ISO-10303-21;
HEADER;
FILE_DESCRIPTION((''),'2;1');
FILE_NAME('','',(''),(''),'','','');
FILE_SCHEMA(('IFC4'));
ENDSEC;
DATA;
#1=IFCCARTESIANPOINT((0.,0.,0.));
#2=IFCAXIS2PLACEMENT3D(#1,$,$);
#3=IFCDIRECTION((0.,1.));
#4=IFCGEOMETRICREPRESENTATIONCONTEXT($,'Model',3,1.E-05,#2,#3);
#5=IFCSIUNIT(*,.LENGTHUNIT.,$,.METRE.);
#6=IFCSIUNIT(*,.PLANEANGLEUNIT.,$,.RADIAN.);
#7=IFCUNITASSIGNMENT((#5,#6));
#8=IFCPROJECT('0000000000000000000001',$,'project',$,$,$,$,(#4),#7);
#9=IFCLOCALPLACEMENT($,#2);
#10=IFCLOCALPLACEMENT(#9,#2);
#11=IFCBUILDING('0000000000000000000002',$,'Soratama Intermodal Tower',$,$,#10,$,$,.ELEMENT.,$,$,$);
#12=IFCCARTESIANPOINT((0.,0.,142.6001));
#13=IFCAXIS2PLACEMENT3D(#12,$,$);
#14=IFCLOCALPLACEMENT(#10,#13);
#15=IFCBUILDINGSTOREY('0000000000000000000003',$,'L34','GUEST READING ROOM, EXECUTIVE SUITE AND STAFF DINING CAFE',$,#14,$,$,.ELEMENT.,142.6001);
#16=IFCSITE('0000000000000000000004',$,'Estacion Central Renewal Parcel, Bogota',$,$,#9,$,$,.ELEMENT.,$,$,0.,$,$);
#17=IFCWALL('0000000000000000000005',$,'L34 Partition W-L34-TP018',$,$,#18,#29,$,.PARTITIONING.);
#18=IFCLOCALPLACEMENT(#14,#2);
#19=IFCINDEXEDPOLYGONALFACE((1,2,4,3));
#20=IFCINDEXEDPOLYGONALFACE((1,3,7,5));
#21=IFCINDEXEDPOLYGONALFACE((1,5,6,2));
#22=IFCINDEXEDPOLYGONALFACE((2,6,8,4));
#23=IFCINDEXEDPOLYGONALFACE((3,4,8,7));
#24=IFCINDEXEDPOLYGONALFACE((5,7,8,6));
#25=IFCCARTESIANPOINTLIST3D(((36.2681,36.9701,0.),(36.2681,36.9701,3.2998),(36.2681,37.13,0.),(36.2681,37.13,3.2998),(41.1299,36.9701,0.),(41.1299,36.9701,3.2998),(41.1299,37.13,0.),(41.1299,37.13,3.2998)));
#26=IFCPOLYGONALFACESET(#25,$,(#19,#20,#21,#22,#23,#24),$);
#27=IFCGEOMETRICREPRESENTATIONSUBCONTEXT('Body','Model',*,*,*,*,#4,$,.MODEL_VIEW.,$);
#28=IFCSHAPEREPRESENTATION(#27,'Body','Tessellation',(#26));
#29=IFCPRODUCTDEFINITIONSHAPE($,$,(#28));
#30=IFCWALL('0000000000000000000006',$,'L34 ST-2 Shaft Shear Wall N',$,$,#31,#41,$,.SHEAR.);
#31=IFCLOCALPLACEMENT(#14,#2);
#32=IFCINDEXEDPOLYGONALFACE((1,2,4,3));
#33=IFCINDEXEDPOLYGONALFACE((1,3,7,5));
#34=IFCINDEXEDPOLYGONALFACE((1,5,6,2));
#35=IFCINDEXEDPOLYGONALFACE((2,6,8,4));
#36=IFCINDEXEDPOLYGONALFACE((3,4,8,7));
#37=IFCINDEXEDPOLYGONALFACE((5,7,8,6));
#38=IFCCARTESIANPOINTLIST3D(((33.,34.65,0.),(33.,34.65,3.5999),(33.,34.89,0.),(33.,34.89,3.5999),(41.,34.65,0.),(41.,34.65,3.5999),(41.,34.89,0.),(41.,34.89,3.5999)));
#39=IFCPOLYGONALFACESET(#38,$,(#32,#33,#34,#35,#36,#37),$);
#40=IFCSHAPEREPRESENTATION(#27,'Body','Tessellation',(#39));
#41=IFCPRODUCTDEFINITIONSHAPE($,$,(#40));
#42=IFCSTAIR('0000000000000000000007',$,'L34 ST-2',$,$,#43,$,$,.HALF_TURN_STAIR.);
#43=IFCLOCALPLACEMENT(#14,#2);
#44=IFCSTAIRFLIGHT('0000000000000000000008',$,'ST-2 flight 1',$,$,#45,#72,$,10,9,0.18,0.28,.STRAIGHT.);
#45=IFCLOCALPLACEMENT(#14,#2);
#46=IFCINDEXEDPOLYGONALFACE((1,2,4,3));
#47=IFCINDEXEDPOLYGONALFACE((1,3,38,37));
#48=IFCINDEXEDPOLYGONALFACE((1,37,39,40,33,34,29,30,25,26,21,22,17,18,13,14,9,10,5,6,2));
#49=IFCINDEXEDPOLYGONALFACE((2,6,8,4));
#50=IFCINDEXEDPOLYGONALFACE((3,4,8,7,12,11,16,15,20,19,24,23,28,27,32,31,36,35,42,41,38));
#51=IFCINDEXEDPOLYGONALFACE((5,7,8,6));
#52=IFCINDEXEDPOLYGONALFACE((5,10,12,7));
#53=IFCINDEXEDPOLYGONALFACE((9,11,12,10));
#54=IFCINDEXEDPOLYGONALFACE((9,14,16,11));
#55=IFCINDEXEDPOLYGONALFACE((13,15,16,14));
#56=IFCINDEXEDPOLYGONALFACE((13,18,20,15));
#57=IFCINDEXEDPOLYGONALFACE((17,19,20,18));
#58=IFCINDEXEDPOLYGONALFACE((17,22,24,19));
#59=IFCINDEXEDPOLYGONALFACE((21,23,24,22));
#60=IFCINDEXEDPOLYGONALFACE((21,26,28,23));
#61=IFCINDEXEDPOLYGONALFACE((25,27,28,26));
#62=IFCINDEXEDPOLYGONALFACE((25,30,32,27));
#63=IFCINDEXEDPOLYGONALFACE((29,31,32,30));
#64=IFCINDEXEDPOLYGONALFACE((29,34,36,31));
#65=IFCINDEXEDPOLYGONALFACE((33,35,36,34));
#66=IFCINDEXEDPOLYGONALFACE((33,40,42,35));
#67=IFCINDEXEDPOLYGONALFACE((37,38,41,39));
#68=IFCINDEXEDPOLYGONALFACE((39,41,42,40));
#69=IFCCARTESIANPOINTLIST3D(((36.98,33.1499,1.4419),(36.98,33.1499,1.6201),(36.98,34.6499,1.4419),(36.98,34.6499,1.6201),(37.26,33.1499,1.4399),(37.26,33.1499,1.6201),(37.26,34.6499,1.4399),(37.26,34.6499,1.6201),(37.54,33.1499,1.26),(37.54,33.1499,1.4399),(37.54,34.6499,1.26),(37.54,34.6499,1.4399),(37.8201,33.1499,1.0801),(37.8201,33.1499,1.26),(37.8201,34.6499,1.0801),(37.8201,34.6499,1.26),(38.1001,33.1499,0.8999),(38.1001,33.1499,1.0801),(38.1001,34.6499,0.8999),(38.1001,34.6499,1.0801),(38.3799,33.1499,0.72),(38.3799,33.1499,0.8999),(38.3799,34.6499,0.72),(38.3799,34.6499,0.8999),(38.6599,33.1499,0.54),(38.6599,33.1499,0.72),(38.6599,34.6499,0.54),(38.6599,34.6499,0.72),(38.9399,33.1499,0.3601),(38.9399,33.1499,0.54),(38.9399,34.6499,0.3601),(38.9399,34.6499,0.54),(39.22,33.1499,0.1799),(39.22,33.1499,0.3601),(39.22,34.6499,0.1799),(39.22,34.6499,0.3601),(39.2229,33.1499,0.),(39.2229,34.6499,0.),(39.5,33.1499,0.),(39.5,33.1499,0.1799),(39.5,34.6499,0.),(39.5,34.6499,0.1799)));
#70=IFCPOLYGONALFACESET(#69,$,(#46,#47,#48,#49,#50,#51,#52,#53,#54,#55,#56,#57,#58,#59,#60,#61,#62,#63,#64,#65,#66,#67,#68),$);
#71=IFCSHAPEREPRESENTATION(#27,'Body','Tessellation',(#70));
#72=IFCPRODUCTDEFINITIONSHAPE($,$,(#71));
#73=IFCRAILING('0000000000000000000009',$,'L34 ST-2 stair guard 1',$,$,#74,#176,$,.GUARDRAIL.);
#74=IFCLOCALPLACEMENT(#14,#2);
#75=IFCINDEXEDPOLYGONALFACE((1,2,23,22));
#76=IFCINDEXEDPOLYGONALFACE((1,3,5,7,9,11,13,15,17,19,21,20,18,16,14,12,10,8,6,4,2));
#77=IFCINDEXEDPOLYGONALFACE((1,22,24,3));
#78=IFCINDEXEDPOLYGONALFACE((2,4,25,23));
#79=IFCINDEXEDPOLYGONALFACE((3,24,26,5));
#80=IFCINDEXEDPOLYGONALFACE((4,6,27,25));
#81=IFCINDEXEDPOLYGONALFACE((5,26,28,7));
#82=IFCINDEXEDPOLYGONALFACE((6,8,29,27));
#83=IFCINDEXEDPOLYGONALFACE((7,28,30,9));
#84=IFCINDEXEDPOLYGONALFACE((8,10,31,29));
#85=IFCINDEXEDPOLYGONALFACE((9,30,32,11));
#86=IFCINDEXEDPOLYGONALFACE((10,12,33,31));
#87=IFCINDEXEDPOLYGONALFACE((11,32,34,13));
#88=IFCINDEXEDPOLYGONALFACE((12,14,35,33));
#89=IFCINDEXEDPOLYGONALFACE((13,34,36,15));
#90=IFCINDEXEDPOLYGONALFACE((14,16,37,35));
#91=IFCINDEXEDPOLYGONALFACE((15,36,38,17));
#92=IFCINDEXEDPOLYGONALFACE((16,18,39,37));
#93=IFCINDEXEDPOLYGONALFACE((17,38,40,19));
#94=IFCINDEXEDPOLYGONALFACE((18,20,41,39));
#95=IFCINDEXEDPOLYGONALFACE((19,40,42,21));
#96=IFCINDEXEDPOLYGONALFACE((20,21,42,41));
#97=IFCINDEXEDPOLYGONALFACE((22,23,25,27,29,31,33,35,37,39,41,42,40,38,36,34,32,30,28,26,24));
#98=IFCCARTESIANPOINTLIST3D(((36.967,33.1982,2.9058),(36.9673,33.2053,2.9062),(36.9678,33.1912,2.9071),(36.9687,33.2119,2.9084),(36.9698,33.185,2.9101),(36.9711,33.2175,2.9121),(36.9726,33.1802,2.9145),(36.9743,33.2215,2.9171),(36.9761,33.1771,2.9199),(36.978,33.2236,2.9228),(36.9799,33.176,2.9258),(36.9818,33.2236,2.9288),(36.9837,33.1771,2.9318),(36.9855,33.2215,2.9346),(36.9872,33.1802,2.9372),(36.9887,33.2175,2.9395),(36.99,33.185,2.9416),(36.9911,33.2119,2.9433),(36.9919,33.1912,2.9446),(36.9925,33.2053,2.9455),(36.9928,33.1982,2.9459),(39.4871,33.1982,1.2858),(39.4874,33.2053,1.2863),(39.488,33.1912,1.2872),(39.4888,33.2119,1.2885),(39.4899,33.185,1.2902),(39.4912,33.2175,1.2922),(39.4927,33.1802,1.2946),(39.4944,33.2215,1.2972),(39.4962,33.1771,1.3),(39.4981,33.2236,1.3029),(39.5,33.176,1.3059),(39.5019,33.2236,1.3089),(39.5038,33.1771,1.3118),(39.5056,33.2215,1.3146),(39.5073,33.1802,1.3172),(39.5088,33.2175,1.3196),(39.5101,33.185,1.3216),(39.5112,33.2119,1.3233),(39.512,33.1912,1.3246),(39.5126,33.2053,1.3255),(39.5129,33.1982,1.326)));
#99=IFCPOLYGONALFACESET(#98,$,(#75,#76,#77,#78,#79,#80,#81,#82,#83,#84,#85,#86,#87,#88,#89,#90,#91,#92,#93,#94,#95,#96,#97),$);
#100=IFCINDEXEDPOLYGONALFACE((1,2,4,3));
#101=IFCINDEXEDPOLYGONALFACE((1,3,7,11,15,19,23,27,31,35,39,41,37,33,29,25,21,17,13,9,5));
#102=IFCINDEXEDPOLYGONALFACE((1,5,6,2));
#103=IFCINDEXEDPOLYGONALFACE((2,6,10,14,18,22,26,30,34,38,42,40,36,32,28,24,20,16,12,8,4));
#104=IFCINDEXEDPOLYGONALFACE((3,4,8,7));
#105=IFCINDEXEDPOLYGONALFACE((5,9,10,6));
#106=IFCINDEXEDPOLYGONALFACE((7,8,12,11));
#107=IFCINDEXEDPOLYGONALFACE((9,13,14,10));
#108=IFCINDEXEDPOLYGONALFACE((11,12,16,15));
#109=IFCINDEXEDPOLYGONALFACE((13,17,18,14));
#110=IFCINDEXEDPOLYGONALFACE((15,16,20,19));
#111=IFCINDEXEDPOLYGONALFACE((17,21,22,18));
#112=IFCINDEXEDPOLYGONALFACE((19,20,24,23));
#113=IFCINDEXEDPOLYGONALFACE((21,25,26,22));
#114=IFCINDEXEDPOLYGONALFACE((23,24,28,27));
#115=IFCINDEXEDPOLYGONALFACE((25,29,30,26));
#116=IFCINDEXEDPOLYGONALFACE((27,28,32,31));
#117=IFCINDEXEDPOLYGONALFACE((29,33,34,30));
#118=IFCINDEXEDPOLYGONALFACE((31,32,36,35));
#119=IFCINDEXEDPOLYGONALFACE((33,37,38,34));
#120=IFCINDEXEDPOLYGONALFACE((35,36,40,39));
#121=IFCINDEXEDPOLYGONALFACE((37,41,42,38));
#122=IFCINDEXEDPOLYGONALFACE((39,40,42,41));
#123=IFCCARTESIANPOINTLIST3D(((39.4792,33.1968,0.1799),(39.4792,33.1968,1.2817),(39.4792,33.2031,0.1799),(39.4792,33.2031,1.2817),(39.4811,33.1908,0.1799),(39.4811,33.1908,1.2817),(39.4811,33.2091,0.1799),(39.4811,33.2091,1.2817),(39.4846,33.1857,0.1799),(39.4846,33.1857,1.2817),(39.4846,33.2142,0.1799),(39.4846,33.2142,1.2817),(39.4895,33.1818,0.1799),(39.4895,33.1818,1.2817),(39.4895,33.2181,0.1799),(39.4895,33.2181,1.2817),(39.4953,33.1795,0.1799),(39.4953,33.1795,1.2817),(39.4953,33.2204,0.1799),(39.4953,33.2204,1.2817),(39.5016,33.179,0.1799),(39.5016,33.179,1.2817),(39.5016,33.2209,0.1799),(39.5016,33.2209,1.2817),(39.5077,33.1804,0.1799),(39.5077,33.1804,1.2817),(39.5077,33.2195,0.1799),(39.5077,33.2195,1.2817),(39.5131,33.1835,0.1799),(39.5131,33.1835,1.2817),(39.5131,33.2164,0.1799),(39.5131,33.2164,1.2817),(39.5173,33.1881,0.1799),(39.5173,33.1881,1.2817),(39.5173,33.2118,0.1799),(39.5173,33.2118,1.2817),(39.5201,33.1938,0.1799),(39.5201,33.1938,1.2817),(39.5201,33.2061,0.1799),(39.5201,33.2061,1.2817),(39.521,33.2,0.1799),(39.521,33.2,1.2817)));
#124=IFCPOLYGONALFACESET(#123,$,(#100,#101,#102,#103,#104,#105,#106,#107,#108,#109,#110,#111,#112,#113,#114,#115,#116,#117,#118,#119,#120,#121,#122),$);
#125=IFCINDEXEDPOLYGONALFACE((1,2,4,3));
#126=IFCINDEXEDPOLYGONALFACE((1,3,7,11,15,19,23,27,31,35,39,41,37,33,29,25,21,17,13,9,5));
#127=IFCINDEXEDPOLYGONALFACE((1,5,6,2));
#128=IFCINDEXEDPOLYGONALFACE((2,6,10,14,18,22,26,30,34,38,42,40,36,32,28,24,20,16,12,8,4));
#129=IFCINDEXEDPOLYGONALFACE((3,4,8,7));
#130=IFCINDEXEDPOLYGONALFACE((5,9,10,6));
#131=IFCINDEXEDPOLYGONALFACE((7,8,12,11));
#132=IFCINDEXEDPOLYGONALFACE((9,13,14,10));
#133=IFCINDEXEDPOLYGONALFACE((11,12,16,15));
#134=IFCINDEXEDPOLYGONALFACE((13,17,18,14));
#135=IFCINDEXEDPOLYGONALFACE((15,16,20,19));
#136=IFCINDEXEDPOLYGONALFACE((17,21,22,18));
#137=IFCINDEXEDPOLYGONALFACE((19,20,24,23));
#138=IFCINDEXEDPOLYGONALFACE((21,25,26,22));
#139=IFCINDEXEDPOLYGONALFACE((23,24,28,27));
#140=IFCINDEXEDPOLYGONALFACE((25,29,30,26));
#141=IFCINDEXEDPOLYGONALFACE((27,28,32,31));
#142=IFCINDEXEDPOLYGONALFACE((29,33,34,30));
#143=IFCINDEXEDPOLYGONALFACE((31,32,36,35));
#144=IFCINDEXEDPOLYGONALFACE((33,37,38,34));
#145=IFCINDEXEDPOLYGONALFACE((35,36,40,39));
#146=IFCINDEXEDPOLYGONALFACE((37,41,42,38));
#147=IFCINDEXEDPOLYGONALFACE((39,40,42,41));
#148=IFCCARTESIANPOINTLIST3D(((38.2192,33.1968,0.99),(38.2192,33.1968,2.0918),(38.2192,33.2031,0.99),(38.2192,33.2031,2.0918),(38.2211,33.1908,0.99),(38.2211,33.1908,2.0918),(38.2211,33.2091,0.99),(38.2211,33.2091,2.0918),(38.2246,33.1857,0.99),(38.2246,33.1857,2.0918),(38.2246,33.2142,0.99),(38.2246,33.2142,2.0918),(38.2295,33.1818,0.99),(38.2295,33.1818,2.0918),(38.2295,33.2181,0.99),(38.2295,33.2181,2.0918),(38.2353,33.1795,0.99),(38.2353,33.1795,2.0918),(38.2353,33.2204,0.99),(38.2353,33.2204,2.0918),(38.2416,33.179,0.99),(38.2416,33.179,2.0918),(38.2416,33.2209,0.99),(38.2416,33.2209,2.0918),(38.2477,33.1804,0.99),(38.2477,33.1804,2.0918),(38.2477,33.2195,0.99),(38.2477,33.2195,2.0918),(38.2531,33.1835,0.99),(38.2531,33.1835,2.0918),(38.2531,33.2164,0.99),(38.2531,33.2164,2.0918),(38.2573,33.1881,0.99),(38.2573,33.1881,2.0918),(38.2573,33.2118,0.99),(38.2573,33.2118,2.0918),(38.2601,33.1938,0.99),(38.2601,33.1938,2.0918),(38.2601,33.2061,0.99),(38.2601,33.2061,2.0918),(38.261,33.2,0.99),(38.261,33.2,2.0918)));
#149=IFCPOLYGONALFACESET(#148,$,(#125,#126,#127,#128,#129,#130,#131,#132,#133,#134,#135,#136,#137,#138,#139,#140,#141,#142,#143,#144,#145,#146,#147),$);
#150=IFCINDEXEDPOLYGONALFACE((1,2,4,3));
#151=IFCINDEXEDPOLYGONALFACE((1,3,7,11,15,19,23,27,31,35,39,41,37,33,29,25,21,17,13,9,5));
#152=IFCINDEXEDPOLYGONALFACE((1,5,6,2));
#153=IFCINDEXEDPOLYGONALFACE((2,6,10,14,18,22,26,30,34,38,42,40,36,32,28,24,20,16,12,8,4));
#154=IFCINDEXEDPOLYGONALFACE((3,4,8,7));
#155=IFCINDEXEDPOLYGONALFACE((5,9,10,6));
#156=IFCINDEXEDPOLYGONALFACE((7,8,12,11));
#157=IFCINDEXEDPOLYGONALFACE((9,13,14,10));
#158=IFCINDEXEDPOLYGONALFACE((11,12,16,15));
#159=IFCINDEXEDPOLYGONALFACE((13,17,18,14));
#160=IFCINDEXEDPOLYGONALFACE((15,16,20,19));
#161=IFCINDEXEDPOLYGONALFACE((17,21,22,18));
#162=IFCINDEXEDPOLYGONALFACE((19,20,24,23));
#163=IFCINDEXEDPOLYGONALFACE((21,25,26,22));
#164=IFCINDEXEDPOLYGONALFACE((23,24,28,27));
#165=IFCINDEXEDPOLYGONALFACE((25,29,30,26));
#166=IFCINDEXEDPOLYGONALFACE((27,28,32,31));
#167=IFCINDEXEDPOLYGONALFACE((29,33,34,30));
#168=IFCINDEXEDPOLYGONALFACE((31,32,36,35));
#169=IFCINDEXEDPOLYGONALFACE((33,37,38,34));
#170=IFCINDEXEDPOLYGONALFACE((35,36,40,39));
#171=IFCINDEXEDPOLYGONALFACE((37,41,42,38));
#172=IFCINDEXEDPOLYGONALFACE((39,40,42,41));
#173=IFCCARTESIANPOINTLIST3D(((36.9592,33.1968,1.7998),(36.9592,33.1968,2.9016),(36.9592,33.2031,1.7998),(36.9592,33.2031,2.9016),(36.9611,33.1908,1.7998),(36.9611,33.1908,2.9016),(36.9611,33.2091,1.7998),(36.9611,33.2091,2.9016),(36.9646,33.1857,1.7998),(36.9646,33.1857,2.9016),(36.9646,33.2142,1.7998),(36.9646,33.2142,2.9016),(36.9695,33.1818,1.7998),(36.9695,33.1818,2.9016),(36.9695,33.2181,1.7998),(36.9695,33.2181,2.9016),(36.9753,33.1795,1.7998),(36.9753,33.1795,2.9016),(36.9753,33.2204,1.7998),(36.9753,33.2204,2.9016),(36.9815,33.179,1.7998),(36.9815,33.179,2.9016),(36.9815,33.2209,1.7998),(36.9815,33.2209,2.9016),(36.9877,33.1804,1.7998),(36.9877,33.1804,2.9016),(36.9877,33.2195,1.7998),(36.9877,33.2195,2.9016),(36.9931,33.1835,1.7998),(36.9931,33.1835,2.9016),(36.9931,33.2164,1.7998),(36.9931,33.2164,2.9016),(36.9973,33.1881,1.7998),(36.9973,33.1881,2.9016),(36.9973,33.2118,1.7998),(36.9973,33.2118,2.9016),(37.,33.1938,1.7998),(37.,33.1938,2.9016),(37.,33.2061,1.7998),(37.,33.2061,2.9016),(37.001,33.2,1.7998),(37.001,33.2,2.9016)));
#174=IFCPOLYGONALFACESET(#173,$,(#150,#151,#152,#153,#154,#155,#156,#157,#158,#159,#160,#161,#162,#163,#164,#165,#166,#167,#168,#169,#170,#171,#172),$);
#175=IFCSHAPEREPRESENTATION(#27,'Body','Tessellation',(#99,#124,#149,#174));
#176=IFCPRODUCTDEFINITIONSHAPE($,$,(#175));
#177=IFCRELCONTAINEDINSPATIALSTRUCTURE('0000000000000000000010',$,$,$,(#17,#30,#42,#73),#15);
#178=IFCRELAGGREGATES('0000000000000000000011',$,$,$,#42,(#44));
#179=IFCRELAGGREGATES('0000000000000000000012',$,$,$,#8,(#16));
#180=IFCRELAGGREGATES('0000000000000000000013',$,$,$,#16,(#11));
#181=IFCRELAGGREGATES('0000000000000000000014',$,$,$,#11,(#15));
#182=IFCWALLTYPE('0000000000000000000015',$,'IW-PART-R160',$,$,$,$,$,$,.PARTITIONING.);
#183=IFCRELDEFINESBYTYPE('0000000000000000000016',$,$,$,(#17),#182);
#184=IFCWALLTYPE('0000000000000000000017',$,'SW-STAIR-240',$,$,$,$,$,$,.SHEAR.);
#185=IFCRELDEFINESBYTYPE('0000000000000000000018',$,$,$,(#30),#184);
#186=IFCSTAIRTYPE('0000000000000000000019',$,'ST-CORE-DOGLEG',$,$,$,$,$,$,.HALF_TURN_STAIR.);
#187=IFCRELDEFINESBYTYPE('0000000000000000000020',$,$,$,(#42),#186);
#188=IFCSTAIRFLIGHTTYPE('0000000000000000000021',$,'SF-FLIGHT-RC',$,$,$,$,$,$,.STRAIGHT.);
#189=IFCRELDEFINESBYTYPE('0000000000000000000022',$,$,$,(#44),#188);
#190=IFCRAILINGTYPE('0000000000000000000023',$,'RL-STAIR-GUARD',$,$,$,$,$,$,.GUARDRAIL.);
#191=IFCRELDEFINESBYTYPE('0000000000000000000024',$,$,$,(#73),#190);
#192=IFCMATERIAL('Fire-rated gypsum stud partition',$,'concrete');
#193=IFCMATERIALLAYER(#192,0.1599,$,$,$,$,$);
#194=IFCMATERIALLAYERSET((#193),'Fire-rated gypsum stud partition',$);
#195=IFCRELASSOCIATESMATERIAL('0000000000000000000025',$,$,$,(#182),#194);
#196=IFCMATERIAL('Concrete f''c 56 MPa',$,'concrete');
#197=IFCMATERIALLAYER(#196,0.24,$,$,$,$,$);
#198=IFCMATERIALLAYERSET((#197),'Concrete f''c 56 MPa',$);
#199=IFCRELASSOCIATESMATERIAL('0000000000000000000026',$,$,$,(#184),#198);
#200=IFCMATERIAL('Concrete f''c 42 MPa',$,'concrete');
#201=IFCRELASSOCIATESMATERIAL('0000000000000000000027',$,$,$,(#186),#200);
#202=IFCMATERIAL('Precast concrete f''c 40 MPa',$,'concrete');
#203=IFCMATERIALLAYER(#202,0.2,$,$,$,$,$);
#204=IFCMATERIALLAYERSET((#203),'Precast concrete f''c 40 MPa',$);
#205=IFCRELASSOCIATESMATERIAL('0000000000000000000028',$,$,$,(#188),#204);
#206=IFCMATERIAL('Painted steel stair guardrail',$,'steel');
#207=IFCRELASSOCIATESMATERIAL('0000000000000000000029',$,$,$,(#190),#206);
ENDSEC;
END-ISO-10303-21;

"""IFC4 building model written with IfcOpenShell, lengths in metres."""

from ifc_helpers import new_model, si_unit, direction, frame, frame_2d, origin, origin_2d, place, context, subcontext, project, spatial, polyline, rectangle, circle, outline, extrude, material, layer, layer_set, type_object, element, aggregate, save


model = new_model("IFC4")

# Units and contexts
model_context = context("Model", 3, precision=1e-05, world=origin(), true_north=direction((0.0, 1.0)))
body_context = subcontext(model_context, "Body", "Model", "MODEL_VIEW")
ifc_project = project(units=[si_unit("LENGTHUNIT", "METRE"), si_unit("PLANEANGLEUNIT", "RADIAN")], contexts=[model_context])

# Site, building, storey
site_placement = place(None, origin())
site = spatial("IfcSite", under=ifc_project, at=site_placement, Name="Estacion Central Renewal Parcel, Bogota", CompositionType="ELEMENT", RefElevation=0.0)
building_placement = place(site_placement, origin())
building = spatial("IfcBuilding", under=site, at=building_placement, Name="Soratama Intermodal Tower", CompositionType="ELEMENT")
storey_placement = place(building_placement, frame((0.0, 0.0, 142.6001)))
storey = spatial("IfcBuildingStorey", under=building, at=storey_placement, Name="L34", Description="GUEST READING ROOM, EXECUTIVE SUITE AND STAFF DINING CAFE", CompositionType="ELEMENT", Elevation=142.6001)

# Walls
ifc_material_1 = material(Name="Fire-rated gypsum stud partition", Category="concrete")
ifc_layer_1 = layer(ifc_material_1, 0.1599)
ifc_layer_set_1 = layer_set([ifc_layer_1], Name="Fire-rated gypsum stud partition")
wall_type_1 = type_object("IfcWallType", Name="IW-PART-R160", PredefinedType="PARTITIONING", material=ifc_layer_set_1)
wall_1_placement = place(storey_placement, frame((36.2681, 37.05, 0.0), z_axis=(0.0, 0.0, 1.0), x_axis=(1.0, 0.0, 0.0)))
element("IfcWall", 1, at=wall_1_placement, inside=storey, type_object=wall_type_1, Name="L34 Partition W-L34-TP018", PredefinedType="PARTITIONING", context=body_context, shape_type="SweptSolid", body=[
    extrude(rectangle(XDim=4.8618, YDim=0.1599, at=frame_2d((2.4309, 0.0))), origin(), (0.0, 0.0, 1.0), 3.2998),
])
ifc_material_2 = material(Name="Concrete f'c 56 MPa", Category="concrete")
ifc_layer_2 = layer(ifc_material_2, 0.24)
ifc_layer_set_2 = layer_set([ifc_layer_2], Name="Concrete f'c 56 MPa")
wall_type_2 = type_object("IfcWallType", Name="SW-STAIR-240", PredefinedType="SHEAR", material=ifc_layer_set_2)
wall_2_placement = place(storey_placement, frame((33.0, 34.77, 0.0), z_axis=(0.0, 0.0, 1.0), x_axis=(1.0, 0.0, 0.0)))
element("IfcWall", 2, at=wall_2_placement, inside=storey, type_object=wall_type_2, Name="L34 ST-2 Shaft Shear Wall N", PredefinedType="SHEAR", context=body_context, shape_type="SweptSolid", body=[
    extrude(rectangle(XDim=8.0, YDim=0.24, at=frame_2d((4.0, 0.0))), origin(), (0.0, 0.0, 1.0), 3.5999),
])

# Stair, stair flight
ifc_material_3 = material(Name="Concrete f'c 42 MPa", Category="concrete")
stair_type = type_object("IfcStairType", Name="ST-CORE-DOGLEG", PredefinedType="HALF_TURN_STAIR", material=ifc_material_3)
stair_placement = place(storey_placement, origin())
stair = element("IfcStair", 3, at=stair_placement, inside=storey, type_object=stair_type, Name="L34 ST-2", PredefinedType="HALF_TURN_STAIR")
ifc_material_4 = material(Name="Precast concrete f'c 40 MPa", Category="concrete")
ifc_layer_3 = layer(ifc_material_4, 0.2)
ifc_layer_set_3 = layer_set([ifc_layer_3], Name="Precast concrete f'c 40 MPa")
stair_flight_type = type_object("IfcStairFlightType", Name="SF-FLIGHT-RC", PredefinedType="STRAIGHT", material=ifc_layer_set_3)
stair_flight_placement = place(storey_placement, frame((39.5, 33.8999, 0.0), z_axis=(0.0, 0.0, 1.0), x_axis=(-1.0, 0.0, 0.0)))
stair_flight = element("IfcStairFlight", 4, at=stair_flight_placement, type_object=stair_flight_type, Name="ST-2 flight 1", NumberOfRisers=10, NumberOfTreads=9, PredefinedType="STRAIGHT", RiserHeight=0.18, TreadLength=0.28, context=body_context, shape_type="SweptSolid", body=[
    extrude(outline(polyline([(0.0, 0.0), (0.0, 0.1799), (0.28, 0.1799), (0.28, 0.3601), (0.5601, 0.3601), (0.5601, 0.54), (0.8401, 0.54), (0.8401, 0.72), (1.1201, 0.72), (1.1201, 0.8999), (1.3999, 0.8999), (1.3999, 1.0801), (1.6799, 1.0801), (1.6799, 1.26), (1.96, 1.26), (1.96, 1.4399), (2.24, 1.4399), (2.24, 1.6201), (2.52, 1.6201), (2.52, 1.8), (2.52, 1.4419), (0.2771, 0.0), (0.0, 0.0)])), frame((0.0, 0.75, 0.0), z_axis=(0.0, -1.0, 0.0), x_axis=(1.0, 0.0, 0.0)), (0.0, 0.0, 1.0), 1.5),
])
aggregate(stair, [stair_flight])

# Railing
ifc_material_5 = material(Name="Painted steel stair guardrail", Category="steel")
railing_type_1 = type_object("IfcRailingType", Name="RL-STAIR-GUARD", PredefinedType="GUARDRAIL", material=ifc_material_5)
railing_1_placement = place(storey_placement, frame((39.5, 33.2, 0.1799)))
element("IfcRailing", 5, at=railing_1_placement, inside=storey, type_object=railing_type_1, Name="L34 ST-2 stair guard 1", PredefinedType="GUARDRAIL", context=body_context, shape_type="SweptSolid", body=[
    extrude(circle(Radius=0.0239, at=origin_2d()), frame((0.0, 0.0, 1.126), z_axis=(-0.8412, 0.0, 0.540725), x_axis=(0.0, -1.0, 0.0)), (0.0, 0.0, 1.0), 2.9958),
    extrude(circle(Radius=0.021, at=origin_2d()), origin(), (0.0, 0.0, 1.0), 1.1018),
    extrude(circle(Radius=0.021, at=origin_2d()), frame((-1.26, 0.0, 0.8101)), (0.0, 0.0, 1.0), 1.1018),
    extrude(circle(Radius=0.021, at=origin_2d()), frame((-2.52, 0.0, 1.6199)), (0.0, 0.0, 1.0), 1.1018),
])

save(model, "model.ifc")
